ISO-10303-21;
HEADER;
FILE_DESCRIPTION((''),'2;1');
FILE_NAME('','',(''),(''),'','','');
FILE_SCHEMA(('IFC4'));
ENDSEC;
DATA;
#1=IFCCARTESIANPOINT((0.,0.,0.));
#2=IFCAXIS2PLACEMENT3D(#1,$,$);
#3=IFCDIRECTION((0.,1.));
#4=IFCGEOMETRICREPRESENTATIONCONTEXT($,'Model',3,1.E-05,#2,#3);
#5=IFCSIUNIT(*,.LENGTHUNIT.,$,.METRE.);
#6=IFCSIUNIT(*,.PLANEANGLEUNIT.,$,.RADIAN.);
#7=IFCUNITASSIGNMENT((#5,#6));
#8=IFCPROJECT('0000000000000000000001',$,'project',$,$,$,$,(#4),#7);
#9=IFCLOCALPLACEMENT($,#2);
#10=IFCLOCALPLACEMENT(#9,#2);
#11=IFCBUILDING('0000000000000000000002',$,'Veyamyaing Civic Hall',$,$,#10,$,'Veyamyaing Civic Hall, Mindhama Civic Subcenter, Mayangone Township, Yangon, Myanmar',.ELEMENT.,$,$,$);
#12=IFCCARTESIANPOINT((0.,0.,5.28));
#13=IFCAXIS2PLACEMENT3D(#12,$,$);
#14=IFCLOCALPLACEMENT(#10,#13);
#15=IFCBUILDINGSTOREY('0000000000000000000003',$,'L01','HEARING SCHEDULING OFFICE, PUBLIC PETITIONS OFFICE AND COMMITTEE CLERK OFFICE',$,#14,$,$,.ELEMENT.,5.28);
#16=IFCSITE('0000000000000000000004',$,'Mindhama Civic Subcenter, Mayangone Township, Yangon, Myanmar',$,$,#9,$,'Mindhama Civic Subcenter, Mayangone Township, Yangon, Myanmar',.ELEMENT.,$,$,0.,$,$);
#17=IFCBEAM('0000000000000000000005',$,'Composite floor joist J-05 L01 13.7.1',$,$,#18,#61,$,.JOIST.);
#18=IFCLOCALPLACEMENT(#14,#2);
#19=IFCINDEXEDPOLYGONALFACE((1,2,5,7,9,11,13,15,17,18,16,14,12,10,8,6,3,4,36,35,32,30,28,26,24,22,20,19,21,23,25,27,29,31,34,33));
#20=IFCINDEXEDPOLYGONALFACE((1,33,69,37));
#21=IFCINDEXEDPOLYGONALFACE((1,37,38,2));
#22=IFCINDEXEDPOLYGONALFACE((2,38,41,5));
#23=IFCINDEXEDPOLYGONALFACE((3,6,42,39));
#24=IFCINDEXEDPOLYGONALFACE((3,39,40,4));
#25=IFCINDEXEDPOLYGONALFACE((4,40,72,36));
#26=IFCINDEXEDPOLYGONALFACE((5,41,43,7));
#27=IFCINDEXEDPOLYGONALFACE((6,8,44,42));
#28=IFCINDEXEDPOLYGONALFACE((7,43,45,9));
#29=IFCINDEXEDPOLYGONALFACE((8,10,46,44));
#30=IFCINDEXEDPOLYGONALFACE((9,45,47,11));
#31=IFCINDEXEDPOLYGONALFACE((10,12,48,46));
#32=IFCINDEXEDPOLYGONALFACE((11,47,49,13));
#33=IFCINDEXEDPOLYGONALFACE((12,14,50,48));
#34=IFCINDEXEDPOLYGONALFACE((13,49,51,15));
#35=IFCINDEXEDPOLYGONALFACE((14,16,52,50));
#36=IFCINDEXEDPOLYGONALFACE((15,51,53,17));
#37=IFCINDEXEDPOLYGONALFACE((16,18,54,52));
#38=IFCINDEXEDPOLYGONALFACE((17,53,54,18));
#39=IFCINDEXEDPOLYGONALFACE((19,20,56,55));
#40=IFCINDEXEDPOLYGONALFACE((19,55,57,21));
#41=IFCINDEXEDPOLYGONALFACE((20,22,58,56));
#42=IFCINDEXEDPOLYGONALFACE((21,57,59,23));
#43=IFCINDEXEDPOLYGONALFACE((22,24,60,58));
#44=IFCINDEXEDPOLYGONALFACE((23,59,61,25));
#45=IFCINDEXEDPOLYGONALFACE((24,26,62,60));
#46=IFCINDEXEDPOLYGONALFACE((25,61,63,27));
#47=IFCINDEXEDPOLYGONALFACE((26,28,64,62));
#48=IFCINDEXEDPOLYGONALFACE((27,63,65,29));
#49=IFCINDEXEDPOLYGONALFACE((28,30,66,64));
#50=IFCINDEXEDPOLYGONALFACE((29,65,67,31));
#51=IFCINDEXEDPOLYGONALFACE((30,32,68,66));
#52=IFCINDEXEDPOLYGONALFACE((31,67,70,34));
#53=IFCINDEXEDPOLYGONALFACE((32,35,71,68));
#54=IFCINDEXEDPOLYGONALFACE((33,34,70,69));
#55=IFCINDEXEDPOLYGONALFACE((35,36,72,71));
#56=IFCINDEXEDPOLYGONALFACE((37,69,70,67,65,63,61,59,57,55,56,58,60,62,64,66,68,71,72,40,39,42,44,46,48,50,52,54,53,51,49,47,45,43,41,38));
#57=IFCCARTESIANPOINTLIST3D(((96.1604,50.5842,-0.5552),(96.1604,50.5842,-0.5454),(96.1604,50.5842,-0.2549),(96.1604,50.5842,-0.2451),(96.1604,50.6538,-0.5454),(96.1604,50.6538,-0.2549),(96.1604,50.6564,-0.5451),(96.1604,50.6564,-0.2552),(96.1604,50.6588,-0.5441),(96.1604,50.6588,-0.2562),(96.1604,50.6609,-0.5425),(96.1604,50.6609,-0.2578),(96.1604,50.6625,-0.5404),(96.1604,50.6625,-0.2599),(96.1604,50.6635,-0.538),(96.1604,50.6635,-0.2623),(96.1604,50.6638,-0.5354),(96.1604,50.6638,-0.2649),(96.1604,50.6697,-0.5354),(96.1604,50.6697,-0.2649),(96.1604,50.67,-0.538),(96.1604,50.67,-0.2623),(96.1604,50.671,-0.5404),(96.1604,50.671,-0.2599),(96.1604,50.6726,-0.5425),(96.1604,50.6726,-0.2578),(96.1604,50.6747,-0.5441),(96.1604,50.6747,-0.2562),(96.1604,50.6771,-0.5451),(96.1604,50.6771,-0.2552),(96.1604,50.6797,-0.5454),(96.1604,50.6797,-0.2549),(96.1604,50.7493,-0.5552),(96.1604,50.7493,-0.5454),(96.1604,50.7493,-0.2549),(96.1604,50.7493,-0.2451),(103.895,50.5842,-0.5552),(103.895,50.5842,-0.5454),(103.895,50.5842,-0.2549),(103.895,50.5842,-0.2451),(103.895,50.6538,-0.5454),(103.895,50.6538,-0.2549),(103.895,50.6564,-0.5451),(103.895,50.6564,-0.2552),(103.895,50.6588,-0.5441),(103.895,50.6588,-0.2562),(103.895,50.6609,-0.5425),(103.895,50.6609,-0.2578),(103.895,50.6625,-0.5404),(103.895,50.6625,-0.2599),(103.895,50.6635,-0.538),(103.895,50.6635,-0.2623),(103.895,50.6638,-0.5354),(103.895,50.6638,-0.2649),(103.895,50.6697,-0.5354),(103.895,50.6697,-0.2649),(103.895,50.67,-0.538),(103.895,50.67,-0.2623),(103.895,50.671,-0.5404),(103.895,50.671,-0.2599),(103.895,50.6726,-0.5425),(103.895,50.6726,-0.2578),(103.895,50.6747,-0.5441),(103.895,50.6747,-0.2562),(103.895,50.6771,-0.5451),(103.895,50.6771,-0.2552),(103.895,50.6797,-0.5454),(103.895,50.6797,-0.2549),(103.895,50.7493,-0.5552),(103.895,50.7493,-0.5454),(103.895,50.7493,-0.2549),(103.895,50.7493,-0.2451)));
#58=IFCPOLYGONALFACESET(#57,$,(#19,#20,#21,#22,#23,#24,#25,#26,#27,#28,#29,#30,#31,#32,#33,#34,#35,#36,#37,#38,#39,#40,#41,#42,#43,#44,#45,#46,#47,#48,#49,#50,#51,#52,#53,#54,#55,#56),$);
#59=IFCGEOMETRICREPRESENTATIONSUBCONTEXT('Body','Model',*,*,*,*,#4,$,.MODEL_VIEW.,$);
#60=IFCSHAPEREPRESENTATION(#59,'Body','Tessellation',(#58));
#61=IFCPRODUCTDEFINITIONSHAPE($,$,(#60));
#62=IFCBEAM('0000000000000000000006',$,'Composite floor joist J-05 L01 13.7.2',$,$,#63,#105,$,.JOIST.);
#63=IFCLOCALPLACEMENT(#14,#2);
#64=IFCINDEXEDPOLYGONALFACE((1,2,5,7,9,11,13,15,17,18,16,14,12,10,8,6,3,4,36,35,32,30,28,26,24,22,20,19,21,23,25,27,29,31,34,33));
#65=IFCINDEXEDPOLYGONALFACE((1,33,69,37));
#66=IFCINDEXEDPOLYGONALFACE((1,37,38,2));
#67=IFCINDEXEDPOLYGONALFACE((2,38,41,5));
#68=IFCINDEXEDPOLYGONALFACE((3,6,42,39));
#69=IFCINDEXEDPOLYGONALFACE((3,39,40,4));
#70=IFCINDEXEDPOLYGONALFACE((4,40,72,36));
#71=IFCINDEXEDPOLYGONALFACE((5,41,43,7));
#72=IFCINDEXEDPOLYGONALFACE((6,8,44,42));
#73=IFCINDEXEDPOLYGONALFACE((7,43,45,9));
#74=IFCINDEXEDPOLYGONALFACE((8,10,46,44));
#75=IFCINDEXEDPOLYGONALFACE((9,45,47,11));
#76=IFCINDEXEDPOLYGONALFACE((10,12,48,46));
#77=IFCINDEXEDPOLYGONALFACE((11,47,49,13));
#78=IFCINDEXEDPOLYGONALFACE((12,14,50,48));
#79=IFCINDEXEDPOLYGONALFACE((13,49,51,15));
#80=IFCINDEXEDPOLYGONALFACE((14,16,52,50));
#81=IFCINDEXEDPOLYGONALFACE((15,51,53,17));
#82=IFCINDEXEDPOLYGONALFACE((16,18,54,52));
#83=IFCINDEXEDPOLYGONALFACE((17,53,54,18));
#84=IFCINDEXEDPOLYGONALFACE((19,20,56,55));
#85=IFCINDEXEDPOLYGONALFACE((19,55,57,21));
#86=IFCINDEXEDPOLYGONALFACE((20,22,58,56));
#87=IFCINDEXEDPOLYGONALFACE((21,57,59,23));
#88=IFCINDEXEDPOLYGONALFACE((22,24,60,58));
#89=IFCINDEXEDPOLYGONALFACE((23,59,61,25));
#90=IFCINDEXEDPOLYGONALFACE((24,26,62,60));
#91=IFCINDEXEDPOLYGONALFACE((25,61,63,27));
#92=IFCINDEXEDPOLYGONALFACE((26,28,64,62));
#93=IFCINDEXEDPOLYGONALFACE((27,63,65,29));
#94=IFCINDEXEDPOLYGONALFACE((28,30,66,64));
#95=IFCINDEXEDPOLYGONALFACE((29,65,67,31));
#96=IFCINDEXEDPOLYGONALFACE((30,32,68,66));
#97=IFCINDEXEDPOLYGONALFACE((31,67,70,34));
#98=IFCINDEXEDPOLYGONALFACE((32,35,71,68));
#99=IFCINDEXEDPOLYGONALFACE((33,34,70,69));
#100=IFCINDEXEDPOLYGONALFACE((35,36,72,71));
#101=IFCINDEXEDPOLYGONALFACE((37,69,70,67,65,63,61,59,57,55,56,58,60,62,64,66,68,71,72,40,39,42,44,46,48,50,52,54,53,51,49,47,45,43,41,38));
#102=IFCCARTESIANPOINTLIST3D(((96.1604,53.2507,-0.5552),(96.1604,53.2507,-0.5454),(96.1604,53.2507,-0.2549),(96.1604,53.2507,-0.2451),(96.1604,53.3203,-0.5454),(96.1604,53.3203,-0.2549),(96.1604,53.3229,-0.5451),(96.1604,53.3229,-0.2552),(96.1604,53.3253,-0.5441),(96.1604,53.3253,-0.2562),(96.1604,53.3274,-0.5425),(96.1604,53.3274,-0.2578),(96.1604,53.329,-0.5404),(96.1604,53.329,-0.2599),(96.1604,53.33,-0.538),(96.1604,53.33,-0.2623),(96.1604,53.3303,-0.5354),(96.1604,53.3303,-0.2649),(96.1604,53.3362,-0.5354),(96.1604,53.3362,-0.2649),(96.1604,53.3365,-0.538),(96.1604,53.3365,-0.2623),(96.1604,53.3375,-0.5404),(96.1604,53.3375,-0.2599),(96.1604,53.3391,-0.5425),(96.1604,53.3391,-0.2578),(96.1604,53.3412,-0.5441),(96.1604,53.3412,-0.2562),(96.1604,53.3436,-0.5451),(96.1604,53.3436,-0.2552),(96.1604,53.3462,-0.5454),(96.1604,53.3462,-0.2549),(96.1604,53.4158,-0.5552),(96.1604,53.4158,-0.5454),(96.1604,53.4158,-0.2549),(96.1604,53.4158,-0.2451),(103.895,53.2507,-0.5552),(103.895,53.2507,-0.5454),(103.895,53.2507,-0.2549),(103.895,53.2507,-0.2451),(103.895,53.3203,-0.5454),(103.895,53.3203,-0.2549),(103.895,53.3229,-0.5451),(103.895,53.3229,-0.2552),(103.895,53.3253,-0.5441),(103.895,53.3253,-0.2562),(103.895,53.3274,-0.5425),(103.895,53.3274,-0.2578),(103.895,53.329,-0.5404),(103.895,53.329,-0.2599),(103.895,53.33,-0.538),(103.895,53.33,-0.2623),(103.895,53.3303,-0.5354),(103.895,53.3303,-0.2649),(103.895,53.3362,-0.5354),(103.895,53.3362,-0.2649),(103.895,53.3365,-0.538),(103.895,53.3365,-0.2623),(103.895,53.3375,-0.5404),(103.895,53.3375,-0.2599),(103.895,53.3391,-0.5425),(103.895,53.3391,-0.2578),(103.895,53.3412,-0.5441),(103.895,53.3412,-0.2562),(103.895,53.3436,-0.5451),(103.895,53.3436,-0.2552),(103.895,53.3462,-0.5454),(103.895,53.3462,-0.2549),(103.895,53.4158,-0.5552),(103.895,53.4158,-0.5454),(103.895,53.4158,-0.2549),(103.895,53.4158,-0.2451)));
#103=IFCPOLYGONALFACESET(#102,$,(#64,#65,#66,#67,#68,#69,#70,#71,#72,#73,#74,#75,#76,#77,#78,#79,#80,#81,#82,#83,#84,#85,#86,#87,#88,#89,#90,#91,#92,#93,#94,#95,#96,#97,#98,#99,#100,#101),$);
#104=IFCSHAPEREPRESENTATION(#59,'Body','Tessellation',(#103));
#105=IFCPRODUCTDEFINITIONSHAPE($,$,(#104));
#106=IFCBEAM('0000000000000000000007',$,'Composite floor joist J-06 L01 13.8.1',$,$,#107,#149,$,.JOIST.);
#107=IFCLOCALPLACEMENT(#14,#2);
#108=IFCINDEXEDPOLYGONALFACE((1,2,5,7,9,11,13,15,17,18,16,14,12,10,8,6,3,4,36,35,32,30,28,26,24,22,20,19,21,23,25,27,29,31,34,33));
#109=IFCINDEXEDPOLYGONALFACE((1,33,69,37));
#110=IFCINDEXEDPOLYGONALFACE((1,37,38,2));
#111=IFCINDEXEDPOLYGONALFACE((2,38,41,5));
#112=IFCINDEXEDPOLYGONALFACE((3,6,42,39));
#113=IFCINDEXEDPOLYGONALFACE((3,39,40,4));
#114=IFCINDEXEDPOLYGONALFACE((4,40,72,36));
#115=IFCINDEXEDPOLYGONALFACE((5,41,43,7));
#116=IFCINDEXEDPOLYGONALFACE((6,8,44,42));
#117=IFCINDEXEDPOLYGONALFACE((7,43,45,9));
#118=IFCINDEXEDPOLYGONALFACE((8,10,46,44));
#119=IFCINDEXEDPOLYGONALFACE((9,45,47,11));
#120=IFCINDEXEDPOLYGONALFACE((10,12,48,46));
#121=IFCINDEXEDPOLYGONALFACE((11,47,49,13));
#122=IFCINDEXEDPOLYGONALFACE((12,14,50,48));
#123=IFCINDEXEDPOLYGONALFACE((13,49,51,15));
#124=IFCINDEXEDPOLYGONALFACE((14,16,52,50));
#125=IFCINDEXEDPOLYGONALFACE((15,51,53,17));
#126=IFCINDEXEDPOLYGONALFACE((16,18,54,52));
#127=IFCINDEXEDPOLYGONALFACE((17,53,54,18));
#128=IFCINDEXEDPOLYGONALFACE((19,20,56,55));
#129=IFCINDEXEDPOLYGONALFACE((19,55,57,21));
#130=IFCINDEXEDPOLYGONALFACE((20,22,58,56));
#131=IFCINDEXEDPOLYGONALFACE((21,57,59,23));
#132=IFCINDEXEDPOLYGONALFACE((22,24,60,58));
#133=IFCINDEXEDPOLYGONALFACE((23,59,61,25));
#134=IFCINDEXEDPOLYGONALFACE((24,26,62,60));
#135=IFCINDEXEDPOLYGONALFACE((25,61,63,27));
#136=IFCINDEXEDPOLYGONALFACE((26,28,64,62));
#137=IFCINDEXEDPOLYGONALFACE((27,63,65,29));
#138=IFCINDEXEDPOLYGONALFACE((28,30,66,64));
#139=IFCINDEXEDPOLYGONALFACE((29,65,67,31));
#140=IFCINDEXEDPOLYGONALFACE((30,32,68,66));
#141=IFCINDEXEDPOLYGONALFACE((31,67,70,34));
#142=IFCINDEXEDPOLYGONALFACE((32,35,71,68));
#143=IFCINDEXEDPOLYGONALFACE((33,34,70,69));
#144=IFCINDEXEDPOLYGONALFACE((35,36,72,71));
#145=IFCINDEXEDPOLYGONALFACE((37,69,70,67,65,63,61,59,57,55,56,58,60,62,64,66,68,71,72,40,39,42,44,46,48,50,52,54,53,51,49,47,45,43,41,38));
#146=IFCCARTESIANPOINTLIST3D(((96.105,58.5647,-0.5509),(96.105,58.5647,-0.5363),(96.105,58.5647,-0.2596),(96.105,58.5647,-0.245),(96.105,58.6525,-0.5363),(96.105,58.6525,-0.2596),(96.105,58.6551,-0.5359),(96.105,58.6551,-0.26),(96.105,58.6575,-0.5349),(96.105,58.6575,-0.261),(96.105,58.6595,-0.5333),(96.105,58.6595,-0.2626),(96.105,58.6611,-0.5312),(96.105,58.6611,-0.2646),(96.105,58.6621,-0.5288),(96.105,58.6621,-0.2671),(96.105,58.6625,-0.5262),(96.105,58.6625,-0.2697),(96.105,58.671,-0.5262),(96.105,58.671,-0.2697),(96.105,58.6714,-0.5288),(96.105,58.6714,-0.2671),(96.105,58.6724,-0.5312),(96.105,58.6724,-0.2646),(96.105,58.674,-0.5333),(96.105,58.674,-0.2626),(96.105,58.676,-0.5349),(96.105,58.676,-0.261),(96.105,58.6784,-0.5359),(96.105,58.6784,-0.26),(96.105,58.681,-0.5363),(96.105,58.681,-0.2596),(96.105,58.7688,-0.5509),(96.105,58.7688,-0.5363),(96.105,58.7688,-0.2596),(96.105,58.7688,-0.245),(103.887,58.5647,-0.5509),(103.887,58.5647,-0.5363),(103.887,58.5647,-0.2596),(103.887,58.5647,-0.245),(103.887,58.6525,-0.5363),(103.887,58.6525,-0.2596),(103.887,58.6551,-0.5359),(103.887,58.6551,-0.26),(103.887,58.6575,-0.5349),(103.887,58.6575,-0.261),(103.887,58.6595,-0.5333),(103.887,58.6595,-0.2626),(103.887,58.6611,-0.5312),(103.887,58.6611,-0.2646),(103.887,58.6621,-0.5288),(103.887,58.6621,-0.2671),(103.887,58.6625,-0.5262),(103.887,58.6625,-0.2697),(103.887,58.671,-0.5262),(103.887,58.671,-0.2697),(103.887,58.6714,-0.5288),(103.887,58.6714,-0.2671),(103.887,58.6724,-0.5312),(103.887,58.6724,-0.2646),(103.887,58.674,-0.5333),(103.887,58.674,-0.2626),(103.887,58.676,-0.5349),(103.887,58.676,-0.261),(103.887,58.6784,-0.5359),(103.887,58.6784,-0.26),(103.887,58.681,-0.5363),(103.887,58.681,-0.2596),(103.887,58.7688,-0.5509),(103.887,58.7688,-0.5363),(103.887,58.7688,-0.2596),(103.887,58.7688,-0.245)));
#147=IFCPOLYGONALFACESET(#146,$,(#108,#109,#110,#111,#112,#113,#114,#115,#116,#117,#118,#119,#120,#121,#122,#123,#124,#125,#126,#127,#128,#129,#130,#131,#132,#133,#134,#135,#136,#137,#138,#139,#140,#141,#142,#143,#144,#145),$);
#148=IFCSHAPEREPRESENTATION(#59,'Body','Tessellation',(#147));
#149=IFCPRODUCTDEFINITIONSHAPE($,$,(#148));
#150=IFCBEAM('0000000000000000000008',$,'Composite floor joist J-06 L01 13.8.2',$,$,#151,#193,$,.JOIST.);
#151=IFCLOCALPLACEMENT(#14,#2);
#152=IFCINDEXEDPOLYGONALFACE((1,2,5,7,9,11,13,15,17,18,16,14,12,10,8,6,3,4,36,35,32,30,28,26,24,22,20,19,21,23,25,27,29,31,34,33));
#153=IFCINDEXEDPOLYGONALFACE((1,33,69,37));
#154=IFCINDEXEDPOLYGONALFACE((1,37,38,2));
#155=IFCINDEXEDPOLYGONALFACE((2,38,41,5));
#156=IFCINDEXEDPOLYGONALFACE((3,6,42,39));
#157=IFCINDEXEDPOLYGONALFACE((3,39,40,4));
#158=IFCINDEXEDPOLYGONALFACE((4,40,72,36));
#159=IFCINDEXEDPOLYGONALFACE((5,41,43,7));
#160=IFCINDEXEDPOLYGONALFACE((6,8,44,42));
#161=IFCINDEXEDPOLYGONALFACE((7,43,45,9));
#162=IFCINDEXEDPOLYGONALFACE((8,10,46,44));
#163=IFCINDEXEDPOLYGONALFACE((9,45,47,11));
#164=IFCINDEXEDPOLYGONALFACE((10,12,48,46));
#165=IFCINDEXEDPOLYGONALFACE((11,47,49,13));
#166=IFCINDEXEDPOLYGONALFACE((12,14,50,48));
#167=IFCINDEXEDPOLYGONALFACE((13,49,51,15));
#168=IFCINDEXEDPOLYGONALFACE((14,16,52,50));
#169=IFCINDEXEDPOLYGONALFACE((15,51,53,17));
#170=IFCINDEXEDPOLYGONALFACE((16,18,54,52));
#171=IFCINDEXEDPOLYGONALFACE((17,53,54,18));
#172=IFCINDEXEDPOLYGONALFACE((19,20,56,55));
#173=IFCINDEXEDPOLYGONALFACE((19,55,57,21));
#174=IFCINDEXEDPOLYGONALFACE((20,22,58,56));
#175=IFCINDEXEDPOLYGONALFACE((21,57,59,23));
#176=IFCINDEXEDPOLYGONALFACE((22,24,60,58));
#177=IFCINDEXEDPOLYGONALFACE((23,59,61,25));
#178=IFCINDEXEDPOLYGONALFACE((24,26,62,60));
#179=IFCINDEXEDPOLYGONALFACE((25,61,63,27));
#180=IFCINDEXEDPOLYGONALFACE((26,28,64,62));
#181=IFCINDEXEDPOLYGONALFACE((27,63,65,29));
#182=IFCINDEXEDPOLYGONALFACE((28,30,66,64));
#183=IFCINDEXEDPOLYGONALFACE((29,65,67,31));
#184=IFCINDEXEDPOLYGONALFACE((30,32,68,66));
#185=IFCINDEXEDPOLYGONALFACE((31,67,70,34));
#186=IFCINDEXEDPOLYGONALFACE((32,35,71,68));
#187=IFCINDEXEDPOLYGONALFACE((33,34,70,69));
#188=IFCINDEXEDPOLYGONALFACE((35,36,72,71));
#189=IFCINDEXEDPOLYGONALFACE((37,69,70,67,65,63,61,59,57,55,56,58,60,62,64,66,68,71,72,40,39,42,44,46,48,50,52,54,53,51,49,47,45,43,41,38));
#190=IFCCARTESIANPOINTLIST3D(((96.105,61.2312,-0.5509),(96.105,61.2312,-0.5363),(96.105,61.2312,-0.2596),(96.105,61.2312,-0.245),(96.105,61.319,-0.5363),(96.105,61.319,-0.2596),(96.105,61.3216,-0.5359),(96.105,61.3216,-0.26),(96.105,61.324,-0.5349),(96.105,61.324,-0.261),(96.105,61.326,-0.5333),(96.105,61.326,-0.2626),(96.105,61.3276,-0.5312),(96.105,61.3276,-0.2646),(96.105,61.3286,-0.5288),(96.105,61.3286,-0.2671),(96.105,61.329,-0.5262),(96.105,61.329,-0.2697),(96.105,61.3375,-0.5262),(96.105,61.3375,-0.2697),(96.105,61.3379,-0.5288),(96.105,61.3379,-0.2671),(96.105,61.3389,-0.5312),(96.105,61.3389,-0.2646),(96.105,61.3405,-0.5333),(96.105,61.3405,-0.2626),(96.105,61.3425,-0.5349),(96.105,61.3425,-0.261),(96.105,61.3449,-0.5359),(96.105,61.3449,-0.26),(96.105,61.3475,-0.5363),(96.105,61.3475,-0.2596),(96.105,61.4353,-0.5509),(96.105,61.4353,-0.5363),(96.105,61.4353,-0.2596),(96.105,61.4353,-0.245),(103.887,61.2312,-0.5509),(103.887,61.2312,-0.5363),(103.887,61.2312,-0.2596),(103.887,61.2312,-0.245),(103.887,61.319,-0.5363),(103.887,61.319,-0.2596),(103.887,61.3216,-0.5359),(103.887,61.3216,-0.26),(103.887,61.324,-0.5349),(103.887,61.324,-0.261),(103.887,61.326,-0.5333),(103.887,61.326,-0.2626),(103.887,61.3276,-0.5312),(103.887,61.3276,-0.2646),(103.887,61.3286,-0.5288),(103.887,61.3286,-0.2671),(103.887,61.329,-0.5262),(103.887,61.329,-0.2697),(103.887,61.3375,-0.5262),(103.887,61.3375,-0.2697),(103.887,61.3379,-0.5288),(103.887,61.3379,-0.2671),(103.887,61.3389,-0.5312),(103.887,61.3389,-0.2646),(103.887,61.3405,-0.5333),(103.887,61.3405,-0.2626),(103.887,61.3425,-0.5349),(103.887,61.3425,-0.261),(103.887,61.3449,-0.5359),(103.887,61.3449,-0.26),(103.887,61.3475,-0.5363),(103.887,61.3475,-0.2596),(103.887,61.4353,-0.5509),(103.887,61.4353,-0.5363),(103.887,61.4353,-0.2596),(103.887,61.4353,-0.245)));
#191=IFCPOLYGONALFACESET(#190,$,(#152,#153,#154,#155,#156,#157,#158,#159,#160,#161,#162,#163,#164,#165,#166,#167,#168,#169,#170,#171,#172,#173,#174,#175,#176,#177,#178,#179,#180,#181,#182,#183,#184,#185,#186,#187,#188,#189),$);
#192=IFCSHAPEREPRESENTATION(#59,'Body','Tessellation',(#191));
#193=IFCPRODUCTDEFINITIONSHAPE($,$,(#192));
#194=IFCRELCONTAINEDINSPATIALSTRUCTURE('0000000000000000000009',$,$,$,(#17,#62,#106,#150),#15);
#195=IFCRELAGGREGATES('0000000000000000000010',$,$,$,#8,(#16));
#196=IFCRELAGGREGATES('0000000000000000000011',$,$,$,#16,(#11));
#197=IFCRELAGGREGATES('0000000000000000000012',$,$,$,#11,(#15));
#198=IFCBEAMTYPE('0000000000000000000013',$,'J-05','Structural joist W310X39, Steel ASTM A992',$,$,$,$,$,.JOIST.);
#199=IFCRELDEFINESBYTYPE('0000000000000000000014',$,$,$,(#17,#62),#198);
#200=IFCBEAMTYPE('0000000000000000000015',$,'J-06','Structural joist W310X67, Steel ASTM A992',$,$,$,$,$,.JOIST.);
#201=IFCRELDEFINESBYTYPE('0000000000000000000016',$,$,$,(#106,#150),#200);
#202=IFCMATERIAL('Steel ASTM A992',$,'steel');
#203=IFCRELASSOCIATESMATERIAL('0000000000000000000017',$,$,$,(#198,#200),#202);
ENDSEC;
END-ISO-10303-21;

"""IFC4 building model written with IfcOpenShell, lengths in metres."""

from ifc_helpers import new_model, si_unit, direction, frame, origin, origin_2d, place, context, subcontext, project, spatial, i_section, extrude, material, material_profile, profile_set, type_object, element, save


model = new_model("IFC4")

# Units and contexts
model_context = context("Model", 3, precision=1e-05, world=origin(), true_north=direction((0.0, 1.0)))
body_context = subcontext(model_context, "Body", "Model", "MODEL_VIEW")
ifc_project = project(units=[si_unit("LENGTHUNIT", "METRE"), si_unit("PLANEANGLEUNIT", "RADIAN")], contexts=[model_context])

# Site, building, storey
site_placement = place(None, origin())
site = spatial("IfcSite", under=ifc_project, at=site_placement, Name="Mindhama Civic Subcenter, Mayangone Township, Yangon, Myanmar", LongName="Mindhama Civic Subcenter, Mayangone Township, Yangon, Myanmar", CompositionType="ELEMENT", RefElevation=0.0)
building_placement = place(site_placement, origin())
building = spatial("IfcBuilding", under=site, at=building_placement, Name="Veyamyaing Civic Hall", LongName="Veyamyaing Civic Hall, Mindhama Civic Subcenter, Mayangone Township, Yangon, Myanmar", CompositionType="ELEMENT")
storey_placement = place(building_placement, frame((0.0, 0.0, 5.28)))
storey = spatial("IfcBuildingStorey", under=building, at=storey_placement, Name="L01", Description="HEARING SCHEDULING OFFICE, PUBLIC PETITIONS OFFICE AND COMMITTEE CLERK OFFICE", CompositionType="ELEMENT", Elevation=5.28)

# Beams
ifc_material_1 = material(Name="Steel ASTM A992", Category="steel")
ifc_material_profile_1 = material_profile(ifc_material_1, i_section(OverallWidth=0.165, OverallDepth=0.3101, WebThickness=0.0059, FlangeThickness=0.0098, FilletRadius=0.01, at=origin_2d()), Name="W310X39")
ifc_profile_set_1 = profile_set([ifc_material_profile_1], Name="Steel ASTM A992")
beam_type_1 = type_object("IfcBeamType", Name="J-05", Description="Structural joist W310X39, Steel ASTM A992", PredefinedType="JOIST", material=ifc_profile_set_1)
for number, where, z_axis, x_axis, name in (
    (1, (96.1604, 50.6667, -0.4001), (1.0, 0.0, 0.0), (0.0, 1.0, 0.0), "Composite floor joist J-05 L01 13.7.1"),
    (2, (96.1604, 53.3333, -0.4001), (1.0, 0.0, 0.0), (0.0, 1.0, 0.0), "Composite floor joist J-05 L01 13.7.2"),
):
    element("IfcBeam", number, at=place(storey_placement, frame(where, z_axis=z_axis, x_axis=x_axis)), inside=storey, type_object=beam_type_1, Name=name, PredefinedType="JOIST", context=body_context, shape_type="SweptSolid", body=[
        extrude(i_section(OverallWidth=0.165, OverallDepth=0.3101, WebThickness=0.0059, FlangeThickness=0.0098, FilletRadius=0.01, at=origin_2d()), origin(), (0.0, 0.0, 1.0), 7.7346),
    ])
ifc_material_profile_2 = material_profile(ifc_material_1, i_section(OverallWidth=0.2041, OverallDepth=0.3059, WebThickness=0.0085, FlangeThickness=0.0146, FilletRadius=0.01, at=origin_2d()), Name="W310X67")
ifc_profile_set_2 = profile_set([ifc_material_profile_2], Name="Steel ASTM A992")
beam_type_2 = type_object("IfcBeamType", Name="J-06", Description="Structural joist W310X67, Steel ASTM A992", PredefinedType="JOIST", material=ifc_profile_set_2)
for number, where, z_axis, x_axis, name in (
    (3, (96.105, 58.6667, -0.3979), (1.0, 0.0, 0.0), (0.0, 1.0, 0.0), "Composite floor joist J-06 L01 13.8.1"),
    (4, (96.105, 61.3333, -0.3979), (1.0, 0.0, 0.0), (0.0, 1.0, 0.0), "Composite floor joist J-06 L01 13.8.2"),
):
    element("IfcBeam", number, at=place(storey_placement, frame(where, z_axis=z_axis, x_axis=x_axis)), inside=storey, type_object=beam_type_2, Name=name, PredefinedType="JOIST", context=body_context, shape_type="SweptSolid", body=[
        extrude(i_section(OverallWidth=0.2041, OverallDepth=0.3059, WebThickness=0.0085, FlangeThickness=0.0146, FilletRadius=0.01, at=origin_2d()), origin(), (0.0, 0.0, 1.0), 7.782),
    ])

save(model, "model.ifc")
